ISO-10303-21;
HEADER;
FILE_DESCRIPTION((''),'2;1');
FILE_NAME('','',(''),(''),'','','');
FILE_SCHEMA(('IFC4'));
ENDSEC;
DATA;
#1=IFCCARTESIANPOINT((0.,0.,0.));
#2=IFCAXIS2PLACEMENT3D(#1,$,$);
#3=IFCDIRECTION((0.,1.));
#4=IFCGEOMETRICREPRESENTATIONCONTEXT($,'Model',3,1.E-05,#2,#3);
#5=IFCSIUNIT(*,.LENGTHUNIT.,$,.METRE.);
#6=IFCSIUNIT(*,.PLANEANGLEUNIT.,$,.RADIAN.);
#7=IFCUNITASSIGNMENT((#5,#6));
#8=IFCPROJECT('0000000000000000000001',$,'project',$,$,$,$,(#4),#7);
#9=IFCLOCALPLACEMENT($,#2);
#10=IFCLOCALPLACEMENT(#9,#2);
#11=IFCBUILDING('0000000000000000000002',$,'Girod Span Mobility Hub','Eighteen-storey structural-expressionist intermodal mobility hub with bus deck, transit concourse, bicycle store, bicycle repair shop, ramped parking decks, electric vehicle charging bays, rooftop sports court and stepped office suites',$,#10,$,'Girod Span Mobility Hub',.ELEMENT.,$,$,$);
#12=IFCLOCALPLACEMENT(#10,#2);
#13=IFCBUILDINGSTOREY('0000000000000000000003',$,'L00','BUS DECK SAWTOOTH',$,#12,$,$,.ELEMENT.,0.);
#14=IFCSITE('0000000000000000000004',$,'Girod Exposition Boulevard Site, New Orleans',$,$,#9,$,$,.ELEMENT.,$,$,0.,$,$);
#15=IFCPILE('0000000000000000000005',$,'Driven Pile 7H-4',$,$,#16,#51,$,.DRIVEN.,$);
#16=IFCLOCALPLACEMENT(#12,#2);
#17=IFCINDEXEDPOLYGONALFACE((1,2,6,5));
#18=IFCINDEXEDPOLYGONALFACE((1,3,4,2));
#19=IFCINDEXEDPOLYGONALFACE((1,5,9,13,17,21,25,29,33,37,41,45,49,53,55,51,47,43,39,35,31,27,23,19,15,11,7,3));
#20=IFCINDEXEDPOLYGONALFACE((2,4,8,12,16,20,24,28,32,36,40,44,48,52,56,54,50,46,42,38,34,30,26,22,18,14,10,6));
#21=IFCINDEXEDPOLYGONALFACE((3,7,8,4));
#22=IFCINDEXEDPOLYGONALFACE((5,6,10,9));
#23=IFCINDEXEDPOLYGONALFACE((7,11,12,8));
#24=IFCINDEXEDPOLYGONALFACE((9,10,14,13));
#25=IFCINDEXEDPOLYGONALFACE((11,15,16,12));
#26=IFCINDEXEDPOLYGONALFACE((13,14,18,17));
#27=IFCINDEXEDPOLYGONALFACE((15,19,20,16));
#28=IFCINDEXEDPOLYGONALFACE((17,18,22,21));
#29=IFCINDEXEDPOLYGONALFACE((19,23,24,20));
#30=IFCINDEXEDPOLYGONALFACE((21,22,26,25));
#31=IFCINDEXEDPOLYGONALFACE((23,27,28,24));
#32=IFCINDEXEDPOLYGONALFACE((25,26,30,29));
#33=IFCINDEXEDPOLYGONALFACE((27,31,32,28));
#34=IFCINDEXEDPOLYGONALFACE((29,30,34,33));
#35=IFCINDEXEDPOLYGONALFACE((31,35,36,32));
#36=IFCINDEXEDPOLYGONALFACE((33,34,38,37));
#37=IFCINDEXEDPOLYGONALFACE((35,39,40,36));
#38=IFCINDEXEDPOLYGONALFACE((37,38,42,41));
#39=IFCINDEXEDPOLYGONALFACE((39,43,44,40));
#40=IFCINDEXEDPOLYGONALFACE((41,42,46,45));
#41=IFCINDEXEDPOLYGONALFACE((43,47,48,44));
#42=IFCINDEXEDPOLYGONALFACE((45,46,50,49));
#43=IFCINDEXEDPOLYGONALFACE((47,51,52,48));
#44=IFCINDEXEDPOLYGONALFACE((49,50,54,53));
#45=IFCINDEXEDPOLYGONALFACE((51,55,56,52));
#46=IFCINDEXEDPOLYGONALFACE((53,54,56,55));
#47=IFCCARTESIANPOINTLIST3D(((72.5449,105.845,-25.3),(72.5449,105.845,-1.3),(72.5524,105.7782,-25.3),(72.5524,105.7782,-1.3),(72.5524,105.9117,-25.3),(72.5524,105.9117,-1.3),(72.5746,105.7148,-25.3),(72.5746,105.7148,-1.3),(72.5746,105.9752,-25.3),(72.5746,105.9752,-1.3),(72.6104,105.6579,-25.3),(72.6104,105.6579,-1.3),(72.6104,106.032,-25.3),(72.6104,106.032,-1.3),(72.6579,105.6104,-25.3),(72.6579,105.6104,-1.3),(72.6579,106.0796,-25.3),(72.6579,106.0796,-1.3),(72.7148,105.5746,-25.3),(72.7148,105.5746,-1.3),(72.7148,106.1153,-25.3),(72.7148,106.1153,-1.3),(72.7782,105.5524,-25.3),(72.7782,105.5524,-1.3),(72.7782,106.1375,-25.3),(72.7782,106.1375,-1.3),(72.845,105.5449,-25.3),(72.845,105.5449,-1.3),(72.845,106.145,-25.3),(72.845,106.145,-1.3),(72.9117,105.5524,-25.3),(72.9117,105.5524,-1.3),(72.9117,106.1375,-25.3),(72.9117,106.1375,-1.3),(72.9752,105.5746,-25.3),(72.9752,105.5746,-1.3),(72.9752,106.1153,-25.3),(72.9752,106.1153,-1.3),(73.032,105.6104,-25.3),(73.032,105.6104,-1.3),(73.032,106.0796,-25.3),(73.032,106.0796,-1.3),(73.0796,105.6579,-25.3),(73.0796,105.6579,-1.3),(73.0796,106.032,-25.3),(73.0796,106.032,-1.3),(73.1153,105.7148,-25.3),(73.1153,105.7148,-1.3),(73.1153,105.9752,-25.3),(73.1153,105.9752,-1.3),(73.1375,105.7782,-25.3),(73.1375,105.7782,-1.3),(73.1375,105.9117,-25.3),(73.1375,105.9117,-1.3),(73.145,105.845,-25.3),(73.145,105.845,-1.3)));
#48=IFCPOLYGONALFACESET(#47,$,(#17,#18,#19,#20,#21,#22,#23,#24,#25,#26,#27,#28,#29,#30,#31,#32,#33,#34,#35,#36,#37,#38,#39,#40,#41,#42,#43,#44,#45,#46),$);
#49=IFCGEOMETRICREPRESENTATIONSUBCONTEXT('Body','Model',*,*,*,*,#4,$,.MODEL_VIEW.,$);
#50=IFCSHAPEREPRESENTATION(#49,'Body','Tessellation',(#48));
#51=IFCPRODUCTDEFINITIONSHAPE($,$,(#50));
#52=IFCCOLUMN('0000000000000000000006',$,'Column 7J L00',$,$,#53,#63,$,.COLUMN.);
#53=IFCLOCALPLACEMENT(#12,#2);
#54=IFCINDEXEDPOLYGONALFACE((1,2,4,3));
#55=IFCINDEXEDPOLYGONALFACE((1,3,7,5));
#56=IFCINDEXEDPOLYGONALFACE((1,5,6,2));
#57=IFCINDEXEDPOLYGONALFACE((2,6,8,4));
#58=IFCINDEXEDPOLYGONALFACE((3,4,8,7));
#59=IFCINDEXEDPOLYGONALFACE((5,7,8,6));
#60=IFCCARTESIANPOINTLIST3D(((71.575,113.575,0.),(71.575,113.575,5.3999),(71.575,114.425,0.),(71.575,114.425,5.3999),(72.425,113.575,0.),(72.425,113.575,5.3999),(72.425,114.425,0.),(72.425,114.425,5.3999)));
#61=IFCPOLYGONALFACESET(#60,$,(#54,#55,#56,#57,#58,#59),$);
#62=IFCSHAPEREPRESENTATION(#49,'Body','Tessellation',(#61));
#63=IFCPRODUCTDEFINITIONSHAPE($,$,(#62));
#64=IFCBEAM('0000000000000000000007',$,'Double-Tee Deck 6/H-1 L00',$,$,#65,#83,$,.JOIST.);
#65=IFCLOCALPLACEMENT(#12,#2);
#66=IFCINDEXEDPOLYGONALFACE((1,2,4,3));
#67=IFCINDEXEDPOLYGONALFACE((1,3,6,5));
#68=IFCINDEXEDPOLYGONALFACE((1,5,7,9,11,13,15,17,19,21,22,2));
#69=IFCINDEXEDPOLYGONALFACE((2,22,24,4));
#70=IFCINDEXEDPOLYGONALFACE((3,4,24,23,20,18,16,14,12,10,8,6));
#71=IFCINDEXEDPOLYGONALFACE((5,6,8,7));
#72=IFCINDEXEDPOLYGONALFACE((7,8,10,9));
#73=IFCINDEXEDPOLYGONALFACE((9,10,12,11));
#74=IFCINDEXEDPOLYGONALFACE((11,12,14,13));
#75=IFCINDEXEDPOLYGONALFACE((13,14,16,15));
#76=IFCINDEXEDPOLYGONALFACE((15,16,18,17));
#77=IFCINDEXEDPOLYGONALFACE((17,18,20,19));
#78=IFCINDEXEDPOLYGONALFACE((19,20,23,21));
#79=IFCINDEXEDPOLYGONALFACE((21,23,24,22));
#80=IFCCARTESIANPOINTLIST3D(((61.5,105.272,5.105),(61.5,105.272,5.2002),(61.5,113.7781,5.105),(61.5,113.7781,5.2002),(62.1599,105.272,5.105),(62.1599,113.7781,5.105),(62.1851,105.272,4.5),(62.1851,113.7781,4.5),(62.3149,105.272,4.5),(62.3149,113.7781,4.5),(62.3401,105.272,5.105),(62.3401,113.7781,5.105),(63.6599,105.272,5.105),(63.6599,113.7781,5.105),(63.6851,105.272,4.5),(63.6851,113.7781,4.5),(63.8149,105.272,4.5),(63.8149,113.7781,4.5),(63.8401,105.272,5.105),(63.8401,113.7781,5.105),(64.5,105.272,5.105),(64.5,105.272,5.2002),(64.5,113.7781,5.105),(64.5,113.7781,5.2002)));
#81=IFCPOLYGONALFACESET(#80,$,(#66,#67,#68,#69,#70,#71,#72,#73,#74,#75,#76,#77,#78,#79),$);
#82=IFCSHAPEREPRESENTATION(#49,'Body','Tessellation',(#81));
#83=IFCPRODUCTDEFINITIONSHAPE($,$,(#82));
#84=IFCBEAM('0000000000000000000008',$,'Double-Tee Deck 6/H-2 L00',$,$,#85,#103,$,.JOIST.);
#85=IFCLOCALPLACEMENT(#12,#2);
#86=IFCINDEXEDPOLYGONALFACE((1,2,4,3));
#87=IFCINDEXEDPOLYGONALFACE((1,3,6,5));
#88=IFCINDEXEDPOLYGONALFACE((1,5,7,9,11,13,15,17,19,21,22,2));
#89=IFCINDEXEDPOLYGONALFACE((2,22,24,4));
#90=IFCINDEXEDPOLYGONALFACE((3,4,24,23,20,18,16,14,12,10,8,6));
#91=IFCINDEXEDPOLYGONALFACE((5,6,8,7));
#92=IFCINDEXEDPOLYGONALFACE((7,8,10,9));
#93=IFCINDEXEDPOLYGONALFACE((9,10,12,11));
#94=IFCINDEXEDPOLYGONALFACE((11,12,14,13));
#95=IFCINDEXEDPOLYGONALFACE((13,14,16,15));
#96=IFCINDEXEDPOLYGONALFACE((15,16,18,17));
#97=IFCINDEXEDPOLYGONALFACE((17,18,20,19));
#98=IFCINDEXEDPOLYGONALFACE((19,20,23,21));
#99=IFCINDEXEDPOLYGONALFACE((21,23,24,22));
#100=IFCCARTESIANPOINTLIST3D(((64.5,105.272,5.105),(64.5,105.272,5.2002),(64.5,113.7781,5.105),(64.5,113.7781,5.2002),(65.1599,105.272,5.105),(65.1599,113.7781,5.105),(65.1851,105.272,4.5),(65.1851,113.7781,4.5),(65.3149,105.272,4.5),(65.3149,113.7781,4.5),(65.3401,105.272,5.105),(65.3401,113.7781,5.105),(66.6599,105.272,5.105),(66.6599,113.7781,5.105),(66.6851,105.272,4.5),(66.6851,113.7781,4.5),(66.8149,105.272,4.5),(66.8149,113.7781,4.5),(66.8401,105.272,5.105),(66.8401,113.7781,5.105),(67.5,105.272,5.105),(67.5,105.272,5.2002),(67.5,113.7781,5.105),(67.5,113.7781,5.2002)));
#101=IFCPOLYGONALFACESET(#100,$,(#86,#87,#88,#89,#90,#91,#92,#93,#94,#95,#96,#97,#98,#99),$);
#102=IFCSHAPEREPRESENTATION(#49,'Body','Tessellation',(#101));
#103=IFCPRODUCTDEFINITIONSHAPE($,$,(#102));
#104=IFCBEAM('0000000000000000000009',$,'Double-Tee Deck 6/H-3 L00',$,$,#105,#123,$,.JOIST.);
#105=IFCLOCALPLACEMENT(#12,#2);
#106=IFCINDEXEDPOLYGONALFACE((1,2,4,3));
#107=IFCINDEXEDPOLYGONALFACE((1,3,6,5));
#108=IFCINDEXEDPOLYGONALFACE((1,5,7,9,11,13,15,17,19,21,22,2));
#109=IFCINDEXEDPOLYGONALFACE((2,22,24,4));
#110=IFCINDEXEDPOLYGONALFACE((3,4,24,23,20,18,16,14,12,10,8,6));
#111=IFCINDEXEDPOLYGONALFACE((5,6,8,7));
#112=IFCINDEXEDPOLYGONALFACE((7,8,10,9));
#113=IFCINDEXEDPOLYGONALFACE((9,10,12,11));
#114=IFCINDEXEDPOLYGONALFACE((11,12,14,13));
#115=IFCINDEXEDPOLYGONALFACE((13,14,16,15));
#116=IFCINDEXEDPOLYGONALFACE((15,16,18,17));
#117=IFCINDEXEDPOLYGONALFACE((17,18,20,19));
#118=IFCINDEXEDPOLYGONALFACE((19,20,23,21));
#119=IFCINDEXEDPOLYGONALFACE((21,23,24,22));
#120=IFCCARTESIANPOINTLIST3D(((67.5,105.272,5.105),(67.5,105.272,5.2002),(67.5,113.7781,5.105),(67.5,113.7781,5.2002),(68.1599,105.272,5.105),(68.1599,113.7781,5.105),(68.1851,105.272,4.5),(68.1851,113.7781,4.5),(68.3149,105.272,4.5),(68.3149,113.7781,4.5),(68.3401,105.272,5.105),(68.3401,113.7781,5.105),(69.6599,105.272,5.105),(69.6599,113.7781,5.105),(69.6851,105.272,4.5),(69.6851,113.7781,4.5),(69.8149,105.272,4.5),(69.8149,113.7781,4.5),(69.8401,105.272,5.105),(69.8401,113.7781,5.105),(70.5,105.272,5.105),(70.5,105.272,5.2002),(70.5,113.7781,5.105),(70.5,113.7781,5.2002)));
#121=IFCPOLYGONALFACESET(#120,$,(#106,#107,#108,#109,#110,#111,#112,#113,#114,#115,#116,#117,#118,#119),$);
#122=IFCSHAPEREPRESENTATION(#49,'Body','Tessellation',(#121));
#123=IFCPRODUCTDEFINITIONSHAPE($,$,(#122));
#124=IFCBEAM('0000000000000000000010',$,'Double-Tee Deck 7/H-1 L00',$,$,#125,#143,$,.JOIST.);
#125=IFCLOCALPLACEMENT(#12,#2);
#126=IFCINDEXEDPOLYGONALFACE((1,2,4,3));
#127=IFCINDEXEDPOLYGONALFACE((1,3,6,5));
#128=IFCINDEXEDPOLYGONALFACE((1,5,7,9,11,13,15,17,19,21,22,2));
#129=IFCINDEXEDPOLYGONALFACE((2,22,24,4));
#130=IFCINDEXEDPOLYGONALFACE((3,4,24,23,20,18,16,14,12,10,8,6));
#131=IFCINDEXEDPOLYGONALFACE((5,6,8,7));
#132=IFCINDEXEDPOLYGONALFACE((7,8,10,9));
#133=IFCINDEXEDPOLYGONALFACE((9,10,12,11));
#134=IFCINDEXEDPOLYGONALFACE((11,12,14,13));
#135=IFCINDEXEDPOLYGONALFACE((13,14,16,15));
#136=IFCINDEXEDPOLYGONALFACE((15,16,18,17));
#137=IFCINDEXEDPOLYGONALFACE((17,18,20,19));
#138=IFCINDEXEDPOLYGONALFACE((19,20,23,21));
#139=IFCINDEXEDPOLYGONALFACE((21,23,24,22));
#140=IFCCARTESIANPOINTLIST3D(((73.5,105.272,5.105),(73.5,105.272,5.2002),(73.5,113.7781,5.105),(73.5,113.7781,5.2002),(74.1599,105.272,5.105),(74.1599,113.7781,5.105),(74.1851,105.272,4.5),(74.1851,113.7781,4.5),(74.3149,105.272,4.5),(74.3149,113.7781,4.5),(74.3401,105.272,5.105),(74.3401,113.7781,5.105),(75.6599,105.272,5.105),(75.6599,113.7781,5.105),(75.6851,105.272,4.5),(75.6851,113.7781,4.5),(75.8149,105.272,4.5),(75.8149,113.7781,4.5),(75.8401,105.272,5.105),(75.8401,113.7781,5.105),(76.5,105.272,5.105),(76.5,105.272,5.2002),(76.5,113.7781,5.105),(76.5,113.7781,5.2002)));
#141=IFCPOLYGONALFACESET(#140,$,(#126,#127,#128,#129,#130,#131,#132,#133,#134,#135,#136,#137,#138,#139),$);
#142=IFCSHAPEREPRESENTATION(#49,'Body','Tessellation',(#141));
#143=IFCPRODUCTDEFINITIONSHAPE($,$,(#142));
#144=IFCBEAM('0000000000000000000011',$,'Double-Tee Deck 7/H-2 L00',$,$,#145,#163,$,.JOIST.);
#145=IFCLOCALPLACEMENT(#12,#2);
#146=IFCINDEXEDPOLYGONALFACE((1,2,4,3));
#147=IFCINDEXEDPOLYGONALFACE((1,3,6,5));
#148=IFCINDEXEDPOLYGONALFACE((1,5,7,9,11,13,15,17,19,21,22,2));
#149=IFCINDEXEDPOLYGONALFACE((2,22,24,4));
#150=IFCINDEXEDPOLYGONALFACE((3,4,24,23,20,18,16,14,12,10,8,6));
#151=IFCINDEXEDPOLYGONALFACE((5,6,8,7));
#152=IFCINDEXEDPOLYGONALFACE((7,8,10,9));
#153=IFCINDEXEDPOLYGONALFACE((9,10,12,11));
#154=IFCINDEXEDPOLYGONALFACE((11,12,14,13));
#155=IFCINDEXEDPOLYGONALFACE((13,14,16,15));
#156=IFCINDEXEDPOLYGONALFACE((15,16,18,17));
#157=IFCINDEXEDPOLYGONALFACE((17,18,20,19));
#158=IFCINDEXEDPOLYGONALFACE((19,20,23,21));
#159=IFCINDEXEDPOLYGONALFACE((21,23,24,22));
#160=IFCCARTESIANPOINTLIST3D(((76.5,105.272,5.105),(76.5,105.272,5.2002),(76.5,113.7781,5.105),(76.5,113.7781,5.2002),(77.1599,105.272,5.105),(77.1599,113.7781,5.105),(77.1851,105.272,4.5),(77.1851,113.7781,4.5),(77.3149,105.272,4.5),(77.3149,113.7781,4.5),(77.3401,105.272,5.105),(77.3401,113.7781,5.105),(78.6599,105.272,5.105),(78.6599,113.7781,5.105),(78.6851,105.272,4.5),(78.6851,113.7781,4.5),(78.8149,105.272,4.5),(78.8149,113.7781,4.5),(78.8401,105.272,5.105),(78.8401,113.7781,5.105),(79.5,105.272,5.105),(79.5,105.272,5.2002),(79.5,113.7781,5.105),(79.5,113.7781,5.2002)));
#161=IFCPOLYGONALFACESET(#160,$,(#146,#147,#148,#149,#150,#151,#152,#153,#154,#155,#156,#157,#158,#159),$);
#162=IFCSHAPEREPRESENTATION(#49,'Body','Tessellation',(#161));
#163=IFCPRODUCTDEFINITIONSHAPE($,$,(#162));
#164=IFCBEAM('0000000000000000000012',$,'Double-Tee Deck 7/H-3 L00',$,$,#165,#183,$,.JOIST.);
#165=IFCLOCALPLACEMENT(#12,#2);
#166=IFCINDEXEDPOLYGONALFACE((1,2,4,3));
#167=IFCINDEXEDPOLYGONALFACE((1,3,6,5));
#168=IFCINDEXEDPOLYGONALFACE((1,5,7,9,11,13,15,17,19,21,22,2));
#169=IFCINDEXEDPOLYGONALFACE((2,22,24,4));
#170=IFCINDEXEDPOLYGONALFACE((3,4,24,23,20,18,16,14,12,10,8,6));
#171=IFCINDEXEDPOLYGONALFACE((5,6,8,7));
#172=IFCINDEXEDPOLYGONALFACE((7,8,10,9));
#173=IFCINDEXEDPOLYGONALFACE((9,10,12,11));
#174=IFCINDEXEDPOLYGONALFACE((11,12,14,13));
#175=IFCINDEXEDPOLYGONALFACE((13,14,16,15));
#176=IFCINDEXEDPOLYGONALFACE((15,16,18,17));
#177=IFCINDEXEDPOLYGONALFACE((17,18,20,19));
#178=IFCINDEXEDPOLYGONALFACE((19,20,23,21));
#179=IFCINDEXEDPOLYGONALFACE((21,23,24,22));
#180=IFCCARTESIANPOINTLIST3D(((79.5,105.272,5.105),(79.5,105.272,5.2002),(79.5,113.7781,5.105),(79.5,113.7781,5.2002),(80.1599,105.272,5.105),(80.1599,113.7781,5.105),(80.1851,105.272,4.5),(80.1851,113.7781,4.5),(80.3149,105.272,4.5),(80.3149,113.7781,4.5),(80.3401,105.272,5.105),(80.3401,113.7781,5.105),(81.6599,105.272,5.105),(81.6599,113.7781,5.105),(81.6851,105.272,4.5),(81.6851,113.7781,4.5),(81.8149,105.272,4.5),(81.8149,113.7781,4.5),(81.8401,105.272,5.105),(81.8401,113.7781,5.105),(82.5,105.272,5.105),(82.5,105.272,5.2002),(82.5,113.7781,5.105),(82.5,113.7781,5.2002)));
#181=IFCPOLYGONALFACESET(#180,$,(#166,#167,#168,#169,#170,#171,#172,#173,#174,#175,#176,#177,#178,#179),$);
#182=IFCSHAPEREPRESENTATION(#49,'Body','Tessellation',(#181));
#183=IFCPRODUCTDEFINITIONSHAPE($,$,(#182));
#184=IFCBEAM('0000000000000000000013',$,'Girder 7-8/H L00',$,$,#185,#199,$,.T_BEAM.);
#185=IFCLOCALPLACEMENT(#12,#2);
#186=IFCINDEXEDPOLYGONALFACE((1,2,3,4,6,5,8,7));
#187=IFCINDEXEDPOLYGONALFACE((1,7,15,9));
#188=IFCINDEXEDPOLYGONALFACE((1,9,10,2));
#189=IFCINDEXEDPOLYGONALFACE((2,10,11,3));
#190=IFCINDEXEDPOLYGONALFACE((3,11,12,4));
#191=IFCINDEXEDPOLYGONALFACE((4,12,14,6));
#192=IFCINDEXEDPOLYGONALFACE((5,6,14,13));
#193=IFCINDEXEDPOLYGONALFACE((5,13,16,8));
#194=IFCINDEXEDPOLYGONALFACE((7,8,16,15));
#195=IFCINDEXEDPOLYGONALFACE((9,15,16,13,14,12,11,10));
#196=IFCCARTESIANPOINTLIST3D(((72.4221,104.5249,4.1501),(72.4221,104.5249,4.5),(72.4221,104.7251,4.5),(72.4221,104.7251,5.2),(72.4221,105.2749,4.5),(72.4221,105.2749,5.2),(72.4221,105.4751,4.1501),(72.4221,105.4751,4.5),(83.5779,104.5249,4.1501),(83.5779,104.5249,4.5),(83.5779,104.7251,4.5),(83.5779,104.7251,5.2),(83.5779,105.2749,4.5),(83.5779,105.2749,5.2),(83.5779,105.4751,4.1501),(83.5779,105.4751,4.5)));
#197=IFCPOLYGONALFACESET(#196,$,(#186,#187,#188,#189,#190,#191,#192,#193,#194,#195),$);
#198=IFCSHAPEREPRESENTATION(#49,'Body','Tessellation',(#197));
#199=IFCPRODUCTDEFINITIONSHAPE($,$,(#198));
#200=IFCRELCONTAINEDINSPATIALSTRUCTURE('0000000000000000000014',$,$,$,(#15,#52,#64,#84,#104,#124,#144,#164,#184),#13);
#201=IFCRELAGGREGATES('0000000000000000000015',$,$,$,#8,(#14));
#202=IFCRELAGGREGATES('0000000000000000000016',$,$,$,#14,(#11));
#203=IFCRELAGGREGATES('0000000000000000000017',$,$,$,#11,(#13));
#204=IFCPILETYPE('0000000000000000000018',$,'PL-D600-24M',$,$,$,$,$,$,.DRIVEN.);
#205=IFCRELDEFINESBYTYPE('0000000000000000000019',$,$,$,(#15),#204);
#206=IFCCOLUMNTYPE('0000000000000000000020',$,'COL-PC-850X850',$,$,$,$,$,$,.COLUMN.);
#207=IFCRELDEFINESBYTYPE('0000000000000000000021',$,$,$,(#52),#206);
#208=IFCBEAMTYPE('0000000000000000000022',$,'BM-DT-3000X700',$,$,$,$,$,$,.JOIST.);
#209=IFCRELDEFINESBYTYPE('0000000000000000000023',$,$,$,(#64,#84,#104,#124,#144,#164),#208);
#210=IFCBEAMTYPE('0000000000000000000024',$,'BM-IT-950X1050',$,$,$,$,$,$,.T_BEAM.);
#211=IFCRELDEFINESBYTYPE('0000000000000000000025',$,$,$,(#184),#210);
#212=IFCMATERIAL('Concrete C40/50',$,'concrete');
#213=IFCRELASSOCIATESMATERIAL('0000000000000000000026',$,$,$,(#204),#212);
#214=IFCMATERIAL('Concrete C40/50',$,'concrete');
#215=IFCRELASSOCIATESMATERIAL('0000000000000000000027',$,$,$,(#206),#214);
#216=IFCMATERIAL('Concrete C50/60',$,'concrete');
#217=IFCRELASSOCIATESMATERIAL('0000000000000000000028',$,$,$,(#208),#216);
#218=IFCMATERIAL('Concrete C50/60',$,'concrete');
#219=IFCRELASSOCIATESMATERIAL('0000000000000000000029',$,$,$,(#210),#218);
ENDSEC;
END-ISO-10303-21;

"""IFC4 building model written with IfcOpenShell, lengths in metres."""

from ifc_helpers import new_model, si_unit, direction, frame, origin, origin_2d, place, context, subcontext, project, spatial, polyline, rectangle, circle, outline, extrude, material, material_profile, profile_set, type_object, element, save


model = new_model("IFC4")

# Units and contexts
model_context = context("Model", 3, precision=1e-05, world=origin(), true_north=direction((0.0, 1.0)))
body_context = subcontext(model_context, "Body", "Model", "MODEL_VIEW")
ifc_project = project(units=[si_unit("LENGTHUNIT", "METRE"), si_unit("PLANEANGLEUNIT", "RADIAN")], contexts=[model_context])

# Site, building, storey
site_placement = place(None, origin())
site = spatial("IfcSite", under=ifc_project, at=site_placement, Name="Girod Exposition Boulevard Site, New Orleans", CompositionType="ELEMENT", RefElevation=0.0)
building_placement = place(site_placement, origin())
building = spatial("IfcBuilding", under=site, at=building_placement, Name="Girod Span Mobility Hub", Description="Eighteen-storey structural-expressionist intermodal mobility hub with bus deck, transit concourse, bicycle store, bicycle repair shop, ramped parking decks, electric vehicle charging bays, rooftop sports court and stepped office suites", LongName="Girod Span Mobility Hub", CompositionType="ELEMENT")
storey_placement = place(building_placement, origin())
storey = spatial("IfcBuildingStorey", under=building, at=storey_placement, Name="L00", Description="BUS DECK SAWTOOTH", CompositionType="ELEMENT", Elevation=0.0)

# Pile
ifc_material_1 = material(Name="Concrete C40/50", Category="concrete")
ifc_material_profile_1 = material_profile(ifc_material_1, circle(Radius=0.3, at=origin_2d()), Name="PILE-D600")
ifc_profile_set_1 = profile_set([ifc_material_profile_1], Name="Concrete C40/50")
pile_type_1 = type_object("IfcPileType", Name="PL-D600-24M", PredefinedType="DRIVEN", material=ifc_profile_set_1)
for number, where, z_axis, x_axis, name in (
    (1, (72.845, 105.845, -1.3), (0.0, 0.0, -1.0), (1.0, 0.0, 0.0), "Driven Pile 7H-4"),
):
    element("IfcPile", number, at=place(storey_placement, frame(where, z_axis=z_axis, x_axis=x_axis)), inside=storey, type_object=pile_type_1, Name=name, PredefinedType="DRIVEN", context=body_context, shape_type="SweptSolid", body=[
        extrude(circle(Radius=0.3, at=origin_2d()), origin(), (0.0, 0.0, 1.0), 24.0),
    ])

# Column
ifc_material_2 = material(Name="Concrete C40/50", Category="concrete")
ifc_material_profile_2 = material_profile(ifc_material_2, rectangle(XDim=0.8501, YDim=0.8501, at=origin_2d()), Name="PC-COL-850X850")
ifc_profile_set_2 = profile_set([ifc_material_profile_2], Name="Concrete C40/50")
column_type = type_object("IfcColumnType", Name="COL-PC-850X850", PredefinedType="COLUMN", material=ifc_profile_set_2)
column_placement = place(storey_placement, frame((72.0, 114.0, 0.0), z_axis=(0.0, 0.0, 1.0), x_axis=(1.0, 0.0, 0.0)))
element("IfcColumn", 2, at=column_placement, inside=storey, type_object=column_type, Name="Column 7J L00", PredefinedType="COLUMN", context=body_context, shape_type="SweptSolid", body=[
    extrude(rectangle(XDim=0.8501, YDim=0.8501, at=origin_2d()), origin(), (0.0, 0.0, 1.0), 5.3999),
])

# Beams
ifc_material_3 = material(Name="Concrete C50/60", Category="concrete")
ifc_material_profile_3 = material_profile(ifc_material_3, outline(polyline([(-1.5, 0.3501), (-1.5, 0.2549), (-0.8401, 0.2549), (-0.8149, -0.3501), (-0.6851, -0.3501), (-0.6599, 0.2549), (0.6599, 0.2549), (0.6851, -0.3501), (0.8149, -0.3501), (0.8401, 0.2549), (1.5, 0.2549), (1.5, 0.3501), (-1.5, 0.3501)])), Name="DT-3000X700")
ifc_profile_set_3 = profile_set([ifc_material_profile_3], Name="Concrete C50/60")
beam_type_1 = type_object("IfcBeamType", Name="BM-DT-3000X700", PredefinedType="JOIST", material=ifc_profile_set_3)
for number, where, z_axis, x_axis, name in (
    (3, (63.0, 105.272, 4.8501), (0.0, 1.0, 0.0), (-1.0, 0.0, 0.0), "Double-Tee Deck 6/H-1 L00"),
    (4, (66.0, 105.272, 4.8501), (0.0, 1.0, 0.0), (-1.0, 0.0, 0.0), "Double-Tee Deck 6/H-2 L00"),
    (5, (69.0, 105.272, 4.8501), (0.0, 1.0, 0.0), (-1.0, 0.0, 0.0), "Double-Tee Deck 6/H-3 L00"),
    (6, (75.0, 105.272, 4.8501), (0.0, 1.0, 0.0), (-1.0, 0.0, 0.0), "Double-Tee Deck 7/H-1 L00"),
    (7, (78.0, 105.272, 4.8501), (0.0, 1.0, 0.0), (-1.0, 0.0, 0.0), "Double-Tee Deck 7/H-2 L00"),
    (8, (81.0, 105.272, 4.8501), (0.0, 1.0, 0.0), (-1.0, 0.0, 0.0), "Double-Tee Deck 7/H-3 L00"),
):
    element("IfcBeam", number, at=place(storey_placement, frame(where, z_axis=z_axis, x_axis=x_axis)), inside=storey, type_object=beam_type_1, Name=name, PredefinedType="JOIST", context=body_context, shape_type="SweptSolid", body=[
        extrude(outline(polyline([(-1.5, 0.3501), (-1.5, 0.2549), (-0.8401, 0.2549), (-0.8149, -0.3501), (-0.6851, -0.3501), (-0.6599, 0.2549), (0.6599, 0.2549), (0.6851, -0.3501), (0.8149, -0.3501), (0.8401, 0.2549), (1.5, 0.2549), (1.5, 0.3501), (-1.5, 0.3501)])), origin(), (0.0, 0.0, 1.0), 8.5061),
    ])
ifc_material_4 = material(Name="Concrete C50/60", Category="concrete")
ifc_material_profile_4 = material_profile(ifc_material_4, outline(polyline([(-0.4751, -0.5249), (0.4751, -0.5249), (0.4751, -0.175), (0.2749, -0.175), (0.2749, 0.5249), (-0.2749, 0.5249), (-0.2749, -0.175), (-0.4751, -0.175), (-0.4751, -0.5249)])), Name="IT-950X1050")
ifc_profile_set_4 = profile_set([ifc_material_profile_4], Name="Concrete C50/60")
beam_type_2 = type_object("IfcBeamType", Name="BM-IT-950X1050", PredefinedType="T_BEAM", material=ifc_profile_set_4)
beam_1_placement = place(storey_placement, frame((72.4221, 105.0, 4.675), z_axis=(1.0, 0.0, 0.0), x_axis=(0.0, 1.0, 0.0)))
element("IfcBeam", 9, at=beam_1_placement, inside=storey, type_object=beam_type_2, Name="Girder 7-8/H L00", PredefinedType="T_BEAM", context=body_context, shape_type="SweptSolid", body=[
    extrude(outline(polyline([(-0.4751, -0.5249), (0.4751, -0.5249), (0.4751, -0.175), (0.2749, -0.175), (0.2749, 0.5249), (-0.2749, 0.5249), (-0.2749, -0.175), (-0.4751, -0.175), (-0.4751, -0.5249)])), origin(), (0.0, 0.0, 1.0), 11.1558),
])

save(model, "model.ifc")
